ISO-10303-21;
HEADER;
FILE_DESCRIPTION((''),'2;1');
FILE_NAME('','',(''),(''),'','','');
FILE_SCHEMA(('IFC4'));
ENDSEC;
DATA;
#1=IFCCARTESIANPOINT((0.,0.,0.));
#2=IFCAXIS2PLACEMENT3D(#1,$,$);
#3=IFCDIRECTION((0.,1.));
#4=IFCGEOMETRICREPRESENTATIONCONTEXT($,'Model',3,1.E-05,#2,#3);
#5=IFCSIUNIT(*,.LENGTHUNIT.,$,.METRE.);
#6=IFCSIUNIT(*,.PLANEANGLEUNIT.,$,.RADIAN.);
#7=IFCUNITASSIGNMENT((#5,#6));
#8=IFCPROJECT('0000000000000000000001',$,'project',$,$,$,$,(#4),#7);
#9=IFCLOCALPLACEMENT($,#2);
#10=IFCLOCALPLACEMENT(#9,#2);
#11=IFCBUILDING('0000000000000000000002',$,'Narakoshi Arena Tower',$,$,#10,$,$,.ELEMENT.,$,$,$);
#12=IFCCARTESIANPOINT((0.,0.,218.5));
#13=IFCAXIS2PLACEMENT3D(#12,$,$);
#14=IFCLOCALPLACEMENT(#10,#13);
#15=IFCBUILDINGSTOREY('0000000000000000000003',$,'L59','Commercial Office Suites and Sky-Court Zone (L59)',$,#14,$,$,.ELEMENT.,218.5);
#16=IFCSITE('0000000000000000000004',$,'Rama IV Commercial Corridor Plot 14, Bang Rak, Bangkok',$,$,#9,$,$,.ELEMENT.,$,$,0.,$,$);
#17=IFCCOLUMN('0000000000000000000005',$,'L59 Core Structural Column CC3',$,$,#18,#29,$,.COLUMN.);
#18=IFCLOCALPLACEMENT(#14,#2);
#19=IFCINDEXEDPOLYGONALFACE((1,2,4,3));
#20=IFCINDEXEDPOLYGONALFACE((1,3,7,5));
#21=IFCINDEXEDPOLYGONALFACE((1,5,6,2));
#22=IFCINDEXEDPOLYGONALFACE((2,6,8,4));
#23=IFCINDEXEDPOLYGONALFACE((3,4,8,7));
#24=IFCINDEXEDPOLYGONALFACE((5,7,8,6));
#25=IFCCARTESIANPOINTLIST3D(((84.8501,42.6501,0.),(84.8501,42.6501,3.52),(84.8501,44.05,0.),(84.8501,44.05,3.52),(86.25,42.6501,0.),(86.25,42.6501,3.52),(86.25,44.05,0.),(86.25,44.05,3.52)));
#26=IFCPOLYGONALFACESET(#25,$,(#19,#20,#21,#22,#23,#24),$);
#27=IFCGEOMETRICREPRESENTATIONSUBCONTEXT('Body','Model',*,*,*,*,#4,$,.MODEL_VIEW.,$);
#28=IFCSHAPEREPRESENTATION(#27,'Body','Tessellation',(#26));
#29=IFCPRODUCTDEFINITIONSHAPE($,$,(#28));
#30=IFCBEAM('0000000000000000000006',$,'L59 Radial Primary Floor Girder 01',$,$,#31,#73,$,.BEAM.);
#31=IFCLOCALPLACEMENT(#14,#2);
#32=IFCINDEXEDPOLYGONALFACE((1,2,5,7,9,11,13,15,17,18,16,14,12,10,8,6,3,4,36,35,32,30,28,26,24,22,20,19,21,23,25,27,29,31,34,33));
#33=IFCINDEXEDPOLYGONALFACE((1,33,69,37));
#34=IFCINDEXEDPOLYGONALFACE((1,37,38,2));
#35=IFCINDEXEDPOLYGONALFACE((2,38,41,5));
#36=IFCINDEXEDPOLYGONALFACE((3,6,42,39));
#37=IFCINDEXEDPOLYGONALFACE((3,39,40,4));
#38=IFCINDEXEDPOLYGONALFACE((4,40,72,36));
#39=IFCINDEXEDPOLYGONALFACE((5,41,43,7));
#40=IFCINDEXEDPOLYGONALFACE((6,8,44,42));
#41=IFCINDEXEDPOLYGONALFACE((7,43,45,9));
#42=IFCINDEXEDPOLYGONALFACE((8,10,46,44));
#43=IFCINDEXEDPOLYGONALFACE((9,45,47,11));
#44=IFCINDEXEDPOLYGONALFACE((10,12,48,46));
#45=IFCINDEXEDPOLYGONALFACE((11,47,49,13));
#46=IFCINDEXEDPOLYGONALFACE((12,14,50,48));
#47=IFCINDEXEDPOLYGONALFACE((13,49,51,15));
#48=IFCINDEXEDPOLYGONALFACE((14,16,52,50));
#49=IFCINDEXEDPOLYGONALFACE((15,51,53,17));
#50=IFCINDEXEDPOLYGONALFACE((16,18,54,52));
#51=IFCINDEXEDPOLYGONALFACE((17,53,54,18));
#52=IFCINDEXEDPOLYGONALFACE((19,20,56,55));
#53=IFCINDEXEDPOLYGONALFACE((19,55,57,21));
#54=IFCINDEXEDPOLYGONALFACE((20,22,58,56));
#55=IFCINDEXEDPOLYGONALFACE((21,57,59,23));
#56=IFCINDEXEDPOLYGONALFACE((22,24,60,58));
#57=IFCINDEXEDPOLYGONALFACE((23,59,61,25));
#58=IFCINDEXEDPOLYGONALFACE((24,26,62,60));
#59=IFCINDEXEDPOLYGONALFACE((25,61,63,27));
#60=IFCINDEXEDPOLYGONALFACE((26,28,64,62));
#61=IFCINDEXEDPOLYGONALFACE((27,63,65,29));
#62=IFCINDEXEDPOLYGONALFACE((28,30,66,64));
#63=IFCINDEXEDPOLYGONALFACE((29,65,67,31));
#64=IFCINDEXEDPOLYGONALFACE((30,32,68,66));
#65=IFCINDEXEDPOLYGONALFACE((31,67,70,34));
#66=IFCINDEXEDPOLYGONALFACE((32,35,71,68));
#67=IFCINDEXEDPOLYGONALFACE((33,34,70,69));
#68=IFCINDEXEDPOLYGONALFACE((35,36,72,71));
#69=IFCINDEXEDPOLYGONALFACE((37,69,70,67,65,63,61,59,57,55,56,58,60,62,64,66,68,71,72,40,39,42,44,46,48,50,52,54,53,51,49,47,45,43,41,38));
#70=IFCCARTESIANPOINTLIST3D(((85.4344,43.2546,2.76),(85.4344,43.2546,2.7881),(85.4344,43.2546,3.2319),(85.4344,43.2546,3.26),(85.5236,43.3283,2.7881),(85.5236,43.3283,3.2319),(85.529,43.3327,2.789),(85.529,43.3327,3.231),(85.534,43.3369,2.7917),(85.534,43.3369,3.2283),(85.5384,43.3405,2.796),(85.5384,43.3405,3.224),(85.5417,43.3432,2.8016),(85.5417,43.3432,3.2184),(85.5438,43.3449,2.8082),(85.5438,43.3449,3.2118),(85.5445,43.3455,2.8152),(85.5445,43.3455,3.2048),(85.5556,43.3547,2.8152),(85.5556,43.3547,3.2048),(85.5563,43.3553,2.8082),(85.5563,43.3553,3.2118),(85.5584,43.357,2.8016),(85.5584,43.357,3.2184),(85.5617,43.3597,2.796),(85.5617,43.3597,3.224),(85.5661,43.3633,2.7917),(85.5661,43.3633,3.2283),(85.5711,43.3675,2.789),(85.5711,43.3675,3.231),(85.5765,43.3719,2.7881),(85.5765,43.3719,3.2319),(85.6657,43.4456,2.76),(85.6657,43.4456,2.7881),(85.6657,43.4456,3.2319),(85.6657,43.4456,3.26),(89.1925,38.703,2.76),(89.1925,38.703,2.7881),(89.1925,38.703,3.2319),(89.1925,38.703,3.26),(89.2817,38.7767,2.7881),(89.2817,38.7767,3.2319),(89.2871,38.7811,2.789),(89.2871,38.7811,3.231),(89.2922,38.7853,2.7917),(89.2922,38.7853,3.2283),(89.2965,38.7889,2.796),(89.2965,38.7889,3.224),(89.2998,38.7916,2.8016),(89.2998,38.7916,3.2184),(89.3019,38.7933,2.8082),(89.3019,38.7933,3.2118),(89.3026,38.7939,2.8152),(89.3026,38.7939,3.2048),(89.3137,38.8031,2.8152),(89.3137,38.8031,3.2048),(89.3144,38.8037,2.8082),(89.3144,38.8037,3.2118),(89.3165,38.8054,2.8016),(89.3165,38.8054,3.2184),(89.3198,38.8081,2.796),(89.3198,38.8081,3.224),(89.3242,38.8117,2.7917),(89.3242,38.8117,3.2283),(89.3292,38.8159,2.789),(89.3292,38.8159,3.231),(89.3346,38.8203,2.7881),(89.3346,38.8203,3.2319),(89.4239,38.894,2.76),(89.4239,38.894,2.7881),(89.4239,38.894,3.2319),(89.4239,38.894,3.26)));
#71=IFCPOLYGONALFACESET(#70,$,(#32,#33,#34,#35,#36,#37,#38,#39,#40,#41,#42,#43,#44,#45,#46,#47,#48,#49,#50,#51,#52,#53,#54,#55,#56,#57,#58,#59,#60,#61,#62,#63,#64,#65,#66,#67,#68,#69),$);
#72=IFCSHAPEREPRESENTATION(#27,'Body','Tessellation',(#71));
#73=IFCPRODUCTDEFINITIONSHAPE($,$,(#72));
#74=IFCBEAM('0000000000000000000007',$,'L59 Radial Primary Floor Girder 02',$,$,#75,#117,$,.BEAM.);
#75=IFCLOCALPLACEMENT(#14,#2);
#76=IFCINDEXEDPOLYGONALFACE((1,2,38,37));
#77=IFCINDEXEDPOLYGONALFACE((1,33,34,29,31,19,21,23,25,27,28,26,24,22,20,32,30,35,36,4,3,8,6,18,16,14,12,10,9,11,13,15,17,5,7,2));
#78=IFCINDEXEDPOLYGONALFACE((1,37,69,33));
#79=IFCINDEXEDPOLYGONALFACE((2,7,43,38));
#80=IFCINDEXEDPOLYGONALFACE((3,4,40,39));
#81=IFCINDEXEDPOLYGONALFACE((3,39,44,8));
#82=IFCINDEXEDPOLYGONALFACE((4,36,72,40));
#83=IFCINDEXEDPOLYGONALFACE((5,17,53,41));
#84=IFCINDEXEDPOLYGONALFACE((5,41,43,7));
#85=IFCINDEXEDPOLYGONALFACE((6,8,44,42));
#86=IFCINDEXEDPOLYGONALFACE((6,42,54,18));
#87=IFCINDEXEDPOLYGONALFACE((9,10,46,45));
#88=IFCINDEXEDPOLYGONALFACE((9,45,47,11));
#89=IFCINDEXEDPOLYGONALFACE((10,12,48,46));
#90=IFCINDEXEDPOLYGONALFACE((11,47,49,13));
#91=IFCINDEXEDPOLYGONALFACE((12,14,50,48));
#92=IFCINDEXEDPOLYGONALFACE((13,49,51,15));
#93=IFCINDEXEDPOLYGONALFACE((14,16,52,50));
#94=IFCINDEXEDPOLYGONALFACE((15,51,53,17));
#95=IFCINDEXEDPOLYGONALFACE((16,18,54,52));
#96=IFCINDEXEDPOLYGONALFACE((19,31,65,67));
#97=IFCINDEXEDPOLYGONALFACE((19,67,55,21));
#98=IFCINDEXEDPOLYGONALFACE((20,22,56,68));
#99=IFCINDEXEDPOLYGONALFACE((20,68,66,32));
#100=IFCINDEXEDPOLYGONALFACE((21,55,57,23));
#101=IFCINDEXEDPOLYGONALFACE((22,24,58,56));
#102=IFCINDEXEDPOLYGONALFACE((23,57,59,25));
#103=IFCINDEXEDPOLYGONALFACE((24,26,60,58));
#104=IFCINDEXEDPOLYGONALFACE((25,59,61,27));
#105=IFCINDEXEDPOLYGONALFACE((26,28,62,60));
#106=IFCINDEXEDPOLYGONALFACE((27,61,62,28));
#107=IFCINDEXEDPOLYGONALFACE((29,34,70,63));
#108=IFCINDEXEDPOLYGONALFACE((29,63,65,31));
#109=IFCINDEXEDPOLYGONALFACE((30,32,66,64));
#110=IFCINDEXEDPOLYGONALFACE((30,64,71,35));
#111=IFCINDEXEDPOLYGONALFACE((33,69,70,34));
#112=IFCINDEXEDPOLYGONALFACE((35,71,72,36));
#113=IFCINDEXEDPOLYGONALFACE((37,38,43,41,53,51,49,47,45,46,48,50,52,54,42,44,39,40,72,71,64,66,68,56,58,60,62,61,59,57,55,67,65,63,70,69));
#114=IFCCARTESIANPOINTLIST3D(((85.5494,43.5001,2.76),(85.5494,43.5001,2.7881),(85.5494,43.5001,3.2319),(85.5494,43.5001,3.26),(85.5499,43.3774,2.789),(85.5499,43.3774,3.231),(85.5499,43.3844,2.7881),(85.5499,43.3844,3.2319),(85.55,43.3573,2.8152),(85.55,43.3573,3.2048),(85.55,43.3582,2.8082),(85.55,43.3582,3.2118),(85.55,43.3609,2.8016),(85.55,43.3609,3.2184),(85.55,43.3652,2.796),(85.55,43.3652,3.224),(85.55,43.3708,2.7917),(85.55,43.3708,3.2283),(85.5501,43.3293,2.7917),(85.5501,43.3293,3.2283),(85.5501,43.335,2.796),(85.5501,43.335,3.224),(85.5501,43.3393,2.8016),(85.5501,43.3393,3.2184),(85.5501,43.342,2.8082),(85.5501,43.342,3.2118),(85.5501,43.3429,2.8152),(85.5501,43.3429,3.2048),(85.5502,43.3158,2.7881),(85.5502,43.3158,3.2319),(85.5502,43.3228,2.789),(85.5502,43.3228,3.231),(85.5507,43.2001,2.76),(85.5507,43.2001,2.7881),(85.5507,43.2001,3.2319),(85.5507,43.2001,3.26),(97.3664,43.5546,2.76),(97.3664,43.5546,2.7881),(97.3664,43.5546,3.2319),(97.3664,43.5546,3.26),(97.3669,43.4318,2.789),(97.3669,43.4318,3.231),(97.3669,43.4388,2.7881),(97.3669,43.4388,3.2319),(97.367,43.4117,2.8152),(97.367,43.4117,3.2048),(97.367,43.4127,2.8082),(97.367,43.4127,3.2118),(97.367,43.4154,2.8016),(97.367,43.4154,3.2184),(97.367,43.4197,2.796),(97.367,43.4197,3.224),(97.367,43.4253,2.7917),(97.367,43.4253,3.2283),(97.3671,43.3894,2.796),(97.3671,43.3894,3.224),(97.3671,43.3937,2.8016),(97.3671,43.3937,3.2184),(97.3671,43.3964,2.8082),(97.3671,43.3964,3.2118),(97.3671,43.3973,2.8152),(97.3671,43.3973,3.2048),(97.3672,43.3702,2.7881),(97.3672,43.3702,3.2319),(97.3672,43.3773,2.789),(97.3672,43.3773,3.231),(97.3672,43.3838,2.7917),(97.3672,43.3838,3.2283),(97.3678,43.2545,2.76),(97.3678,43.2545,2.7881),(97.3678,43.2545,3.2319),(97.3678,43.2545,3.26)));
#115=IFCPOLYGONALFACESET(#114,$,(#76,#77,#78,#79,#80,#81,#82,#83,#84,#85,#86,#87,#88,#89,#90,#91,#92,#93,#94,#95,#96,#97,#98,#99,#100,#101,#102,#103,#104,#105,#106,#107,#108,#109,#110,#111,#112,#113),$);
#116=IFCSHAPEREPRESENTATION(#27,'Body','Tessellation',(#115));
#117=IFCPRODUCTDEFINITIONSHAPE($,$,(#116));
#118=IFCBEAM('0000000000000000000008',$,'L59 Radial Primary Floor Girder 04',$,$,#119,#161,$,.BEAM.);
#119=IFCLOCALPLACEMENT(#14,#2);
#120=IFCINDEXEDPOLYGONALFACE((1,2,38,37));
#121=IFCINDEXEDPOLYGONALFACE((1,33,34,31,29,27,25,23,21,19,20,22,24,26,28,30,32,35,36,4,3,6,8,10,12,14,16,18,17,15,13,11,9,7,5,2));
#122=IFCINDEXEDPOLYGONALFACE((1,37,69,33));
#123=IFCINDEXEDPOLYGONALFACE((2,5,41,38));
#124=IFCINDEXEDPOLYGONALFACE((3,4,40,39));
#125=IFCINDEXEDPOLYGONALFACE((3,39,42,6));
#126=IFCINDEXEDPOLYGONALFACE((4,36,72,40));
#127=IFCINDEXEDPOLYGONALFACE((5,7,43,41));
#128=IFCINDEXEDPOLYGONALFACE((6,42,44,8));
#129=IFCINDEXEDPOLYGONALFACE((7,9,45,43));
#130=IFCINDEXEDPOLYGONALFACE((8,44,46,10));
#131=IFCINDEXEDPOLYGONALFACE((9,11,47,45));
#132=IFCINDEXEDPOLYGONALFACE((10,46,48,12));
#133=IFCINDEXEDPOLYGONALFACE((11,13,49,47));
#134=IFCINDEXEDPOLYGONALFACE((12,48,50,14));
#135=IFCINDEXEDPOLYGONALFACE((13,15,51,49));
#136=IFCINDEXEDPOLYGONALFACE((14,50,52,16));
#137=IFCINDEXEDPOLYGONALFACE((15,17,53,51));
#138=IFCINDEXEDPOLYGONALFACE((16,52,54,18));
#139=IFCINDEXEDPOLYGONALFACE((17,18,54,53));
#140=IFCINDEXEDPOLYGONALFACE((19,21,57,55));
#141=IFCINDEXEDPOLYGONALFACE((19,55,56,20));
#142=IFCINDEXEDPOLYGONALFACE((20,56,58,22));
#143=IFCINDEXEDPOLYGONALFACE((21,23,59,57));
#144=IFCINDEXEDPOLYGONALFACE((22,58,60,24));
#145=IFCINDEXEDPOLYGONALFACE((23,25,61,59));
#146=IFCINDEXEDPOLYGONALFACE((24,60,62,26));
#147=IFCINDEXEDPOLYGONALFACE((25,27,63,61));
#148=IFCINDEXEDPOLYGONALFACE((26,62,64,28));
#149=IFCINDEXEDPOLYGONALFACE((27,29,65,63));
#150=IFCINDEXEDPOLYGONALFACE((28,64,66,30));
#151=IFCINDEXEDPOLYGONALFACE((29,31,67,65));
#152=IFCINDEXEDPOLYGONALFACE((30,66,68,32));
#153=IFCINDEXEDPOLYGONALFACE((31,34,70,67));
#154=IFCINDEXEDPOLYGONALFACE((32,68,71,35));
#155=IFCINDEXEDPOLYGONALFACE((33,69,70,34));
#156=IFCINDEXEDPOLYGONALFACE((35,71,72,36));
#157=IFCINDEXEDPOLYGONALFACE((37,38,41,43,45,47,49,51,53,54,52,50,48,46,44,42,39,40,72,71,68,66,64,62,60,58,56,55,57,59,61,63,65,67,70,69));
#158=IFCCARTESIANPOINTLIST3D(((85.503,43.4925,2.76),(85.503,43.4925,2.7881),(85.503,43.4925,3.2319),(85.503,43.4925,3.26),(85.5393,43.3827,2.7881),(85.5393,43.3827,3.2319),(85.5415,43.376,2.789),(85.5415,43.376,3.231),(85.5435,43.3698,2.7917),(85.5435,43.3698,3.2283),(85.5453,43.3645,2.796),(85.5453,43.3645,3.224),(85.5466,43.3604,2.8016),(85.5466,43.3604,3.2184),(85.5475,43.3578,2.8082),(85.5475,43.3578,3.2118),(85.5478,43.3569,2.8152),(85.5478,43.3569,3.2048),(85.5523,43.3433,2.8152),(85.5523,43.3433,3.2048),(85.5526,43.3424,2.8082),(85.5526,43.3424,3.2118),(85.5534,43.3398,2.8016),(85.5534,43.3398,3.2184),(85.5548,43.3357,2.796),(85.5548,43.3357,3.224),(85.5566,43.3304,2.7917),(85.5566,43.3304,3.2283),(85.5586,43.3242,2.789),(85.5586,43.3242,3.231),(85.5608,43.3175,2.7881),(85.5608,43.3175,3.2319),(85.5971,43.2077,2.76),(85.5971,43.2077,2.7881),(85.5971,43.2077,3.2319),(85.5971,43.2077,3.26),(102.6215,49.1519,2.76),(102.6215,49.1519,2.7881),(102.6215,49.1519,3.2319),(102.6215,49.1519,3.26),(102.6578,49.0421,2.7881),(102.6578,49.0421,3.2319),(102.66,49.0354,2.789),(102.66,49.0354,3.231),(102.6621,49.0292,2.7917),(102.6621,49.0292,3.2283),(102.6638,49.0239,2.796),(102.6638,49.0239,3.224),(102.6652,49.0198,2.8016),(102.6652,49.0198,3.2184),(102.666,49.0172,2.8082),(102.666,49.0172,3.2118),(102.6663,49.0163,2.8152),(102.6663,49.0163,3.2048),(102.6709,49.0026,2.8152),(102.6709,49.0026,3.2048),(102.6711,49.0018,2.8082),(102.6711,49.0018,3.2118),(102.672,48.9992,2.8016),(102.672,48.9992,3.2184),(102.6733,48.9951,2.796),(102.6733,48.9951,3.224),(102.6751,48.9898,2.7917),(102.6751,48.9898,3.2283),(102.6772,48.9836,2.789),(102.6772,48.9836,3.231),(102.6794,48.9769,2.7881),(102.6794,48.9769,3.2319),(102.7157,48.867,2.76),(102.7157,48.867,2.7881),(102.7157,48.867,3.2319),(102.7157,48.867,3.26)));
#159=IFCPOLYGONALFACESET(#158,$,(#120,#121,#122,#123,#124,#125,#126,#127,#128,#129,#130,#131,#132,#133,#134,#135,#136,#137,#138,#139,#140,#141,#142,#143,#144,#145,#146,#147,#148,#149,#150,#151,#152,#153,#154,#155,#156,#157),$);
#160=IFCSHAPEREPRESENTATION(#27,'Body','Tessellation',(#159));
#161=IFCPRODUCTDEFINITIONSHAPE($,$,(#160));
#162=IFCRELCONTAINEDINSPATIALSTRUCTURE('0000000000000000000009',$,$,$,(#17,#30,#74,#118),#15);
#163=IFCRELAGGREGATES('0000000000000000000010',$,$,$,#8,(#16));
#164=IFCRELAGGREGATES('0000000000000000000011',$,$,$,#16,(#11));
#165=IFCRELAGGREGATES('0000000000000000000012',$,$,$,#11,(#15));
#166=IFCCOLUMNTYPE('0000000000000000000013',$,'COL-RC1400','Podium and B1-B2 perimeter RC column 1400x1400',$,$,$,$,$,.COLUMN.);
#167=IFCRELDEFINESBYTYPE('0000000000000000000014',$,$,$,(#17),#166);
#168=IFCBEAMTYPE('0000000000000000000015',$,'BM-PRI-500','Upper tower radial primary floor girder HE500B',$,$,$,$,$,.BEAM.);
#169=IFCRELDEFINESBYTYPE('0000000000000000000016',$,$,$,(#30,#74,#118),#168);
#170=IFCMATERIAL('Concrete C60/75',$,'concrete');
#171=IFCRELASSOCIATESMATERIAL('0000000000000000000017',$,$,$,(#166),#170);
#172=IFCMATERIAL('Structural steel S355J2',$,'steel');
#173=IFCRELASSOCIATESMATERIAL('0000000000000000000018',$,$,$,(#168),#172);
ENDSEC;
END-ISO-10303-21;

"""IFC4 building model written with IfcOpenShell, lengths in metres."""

from ifc_helpers import new_model, si_unit, direction, frame, origin, origin_2d, place, context, subcontext, project, spatial, rectangle, i_section, extrude, material, material_profile, profile_set, type_object, element, save


model = new_model("IFC4")

# Units and contexts
model_context = context("Model", 3, precision=1e-05, world=origin(), true_north=direction((0.0, 1.0)))
body_context = subcontext(model_context, "Body", "Model", "MODEL_VIEW")
ifc_project = project(units=[si_unit("LENGTHUNIT", "METRE"), si_unit("PLANEANGLEUNIT", "RADIAN")], contexts=[model_context])

# Site, building, storey
site_placement = place(None, origin())
site = spatial("IfcSite", under=ifc_project, at=site_placement, Name="Rama IV Commercial Corridor Plot 14, Bang Rak, Bangkok", CompositionType="ELEMENT", RefElevation=0.0)
building_placement = place(site_placement, origin())
building = spatial("IfcBuilding", under=site, at=building_placement, Name="Narakoshi Arena Tower", CompositionType="ELEMENT")
storey_placement = place(building_placement, frame((0.0, 0.0, 218.5)))
storey = spatial("IfcBuildingStorey", under=building, at=storey_placement, Name="L59", Description="Commercial Office Suites and Sky-Court Zone (L59)", CompositionType="ELEMENT", Elevation=218.5)

# Column
ifc_material_1 = material(Name="Concrete C60/75", Category="concrete")
ifc_material_profile_1 = material_profile(ifc_material_1, rectangle(XDim=1.3999, YDim=1.3999, at=origin_2d()), Name="RC1400x1400")
ifc_profile_set_1 = profile_set([ifc_material_profile_1], Name="Concrete C60/75")
column_type = type_object("IfcColumnType", Name="COL-RC1400", Description="Podium and B1-B2 perimeter RC column 1400x1400", PredefinedType="COLUMN", material=ifc_profile_set_1)
column_placement = place(storey_placement, frame((85.55, 43.3501, 0.0), z_axis=(0.0, 0.0, 1.0), x_axis=(1.0, 0.0, 0.0)))
element("IfcColumn", 1, at=column_placement, inside=storey, type_object=column_type, Name="L59 Core Structural Column CC3", PredefinedType="COLUMN", context=body_context, shape_type="SweptSolid", body=[
    extrude(rectangle(XDim=1.3999, YDim=1.3999, at=origin_2d()), origin(), (0.0, 0.0, 1.0), 3.52),
])

# Beams
ifc_material_2 = material(Name="Structural steel S355J2", Category="steel")
ifc_material_profile_2 = material_profile(ifc_material_2, i_section(OverallWidth=0.3, OverallDepth=0.5, WebThickness=0.0144, FlangeThickness=0.0281, FilletRadius=0.0271, at=origin_2d()), Name="HE500B")
ifc_profile_set_2 = profile_set([ifc_material_profile_2], Name="Structural steel S355J2")
beam_type_1 = type_object("IfcBeamType", Name="BM-PRI-500", Description="Upper tower radial primary floor girder HE500B", PredefinedType="BEAM", material=ifc_profile_set_2)
beam_1_placement = place(storey_placement, frame((85.55, 43.3501, 3.01), z_axis=(0.636691, -0.771119, 0.0), x_axis=(0.771119, 0.636691, 0.0)))
element("IfcBeam", 2, at=beam_1_placement, inside=storey, type_object=beam_type_1, Name="L59 Radial Primary Floor Girder 01", PredefinedType="BEAM", context=body_context, shape_type="SweptSolid", body=[
    extrude(i_section(OverallWidth=0.3, OverallDepth=0.5, WebThickness=0.0144, FlangeThickness=0.0281, FilletRadius=0.0271, at=origin_2d()), origin(), (0.0, 0.0, 1.0), 5.9026),
])
beam_2_placement = place(storey_placement, frame((85.55, 43.3501, 3.01), z_axis=(0.999989, 0.004607, 0.0), x_axis=(-0.004607, 0.999989, 0.0)))
element("IfcBeam", 3, at=beam_2_placement, inside=storey, type_object=beam_type_1, Name="L59 Radial Primary Floor Girder 02", PredefinedType="BEAM", context=body_context, shape_type="SweptSolid", body=[
    extrude(i_section(OverallWidth=0.3, OverallDepth=0.5, WebThickness=0.0144, FlangeThickness=0.0281, FilletRadius=0.0271, at=origin_2d()), origin(), (0.0, 0.0, 1.0), 11.8171),
])
beam_3_placement = place(storey_placement, frame((85.55, 43.3501, 3.01), z_axis=(0.949459, 0.313891, 0.0), x_axis=(-0.313891, 0.949459, 0.0)))
element("IfcBeam", 4, at=beam_3_placement, inside=storey, type_object=beam_type_1, Name="L59 Radial Primary Floor Girder 04", PredefinedType="BEAM", context=body_context, shape_type="SweptSolid", body=[
    extrude(i_section(OverallWidth=0.3, OverallDepth=0.5, WebThickness=0.0144, FlangeThickness=0.0281, FilletRadius=0.0271, at=origin_2d()), origin(), (0.0, 0.0, 1.0), 18.0298),
])

save(model, "model.ifc")
